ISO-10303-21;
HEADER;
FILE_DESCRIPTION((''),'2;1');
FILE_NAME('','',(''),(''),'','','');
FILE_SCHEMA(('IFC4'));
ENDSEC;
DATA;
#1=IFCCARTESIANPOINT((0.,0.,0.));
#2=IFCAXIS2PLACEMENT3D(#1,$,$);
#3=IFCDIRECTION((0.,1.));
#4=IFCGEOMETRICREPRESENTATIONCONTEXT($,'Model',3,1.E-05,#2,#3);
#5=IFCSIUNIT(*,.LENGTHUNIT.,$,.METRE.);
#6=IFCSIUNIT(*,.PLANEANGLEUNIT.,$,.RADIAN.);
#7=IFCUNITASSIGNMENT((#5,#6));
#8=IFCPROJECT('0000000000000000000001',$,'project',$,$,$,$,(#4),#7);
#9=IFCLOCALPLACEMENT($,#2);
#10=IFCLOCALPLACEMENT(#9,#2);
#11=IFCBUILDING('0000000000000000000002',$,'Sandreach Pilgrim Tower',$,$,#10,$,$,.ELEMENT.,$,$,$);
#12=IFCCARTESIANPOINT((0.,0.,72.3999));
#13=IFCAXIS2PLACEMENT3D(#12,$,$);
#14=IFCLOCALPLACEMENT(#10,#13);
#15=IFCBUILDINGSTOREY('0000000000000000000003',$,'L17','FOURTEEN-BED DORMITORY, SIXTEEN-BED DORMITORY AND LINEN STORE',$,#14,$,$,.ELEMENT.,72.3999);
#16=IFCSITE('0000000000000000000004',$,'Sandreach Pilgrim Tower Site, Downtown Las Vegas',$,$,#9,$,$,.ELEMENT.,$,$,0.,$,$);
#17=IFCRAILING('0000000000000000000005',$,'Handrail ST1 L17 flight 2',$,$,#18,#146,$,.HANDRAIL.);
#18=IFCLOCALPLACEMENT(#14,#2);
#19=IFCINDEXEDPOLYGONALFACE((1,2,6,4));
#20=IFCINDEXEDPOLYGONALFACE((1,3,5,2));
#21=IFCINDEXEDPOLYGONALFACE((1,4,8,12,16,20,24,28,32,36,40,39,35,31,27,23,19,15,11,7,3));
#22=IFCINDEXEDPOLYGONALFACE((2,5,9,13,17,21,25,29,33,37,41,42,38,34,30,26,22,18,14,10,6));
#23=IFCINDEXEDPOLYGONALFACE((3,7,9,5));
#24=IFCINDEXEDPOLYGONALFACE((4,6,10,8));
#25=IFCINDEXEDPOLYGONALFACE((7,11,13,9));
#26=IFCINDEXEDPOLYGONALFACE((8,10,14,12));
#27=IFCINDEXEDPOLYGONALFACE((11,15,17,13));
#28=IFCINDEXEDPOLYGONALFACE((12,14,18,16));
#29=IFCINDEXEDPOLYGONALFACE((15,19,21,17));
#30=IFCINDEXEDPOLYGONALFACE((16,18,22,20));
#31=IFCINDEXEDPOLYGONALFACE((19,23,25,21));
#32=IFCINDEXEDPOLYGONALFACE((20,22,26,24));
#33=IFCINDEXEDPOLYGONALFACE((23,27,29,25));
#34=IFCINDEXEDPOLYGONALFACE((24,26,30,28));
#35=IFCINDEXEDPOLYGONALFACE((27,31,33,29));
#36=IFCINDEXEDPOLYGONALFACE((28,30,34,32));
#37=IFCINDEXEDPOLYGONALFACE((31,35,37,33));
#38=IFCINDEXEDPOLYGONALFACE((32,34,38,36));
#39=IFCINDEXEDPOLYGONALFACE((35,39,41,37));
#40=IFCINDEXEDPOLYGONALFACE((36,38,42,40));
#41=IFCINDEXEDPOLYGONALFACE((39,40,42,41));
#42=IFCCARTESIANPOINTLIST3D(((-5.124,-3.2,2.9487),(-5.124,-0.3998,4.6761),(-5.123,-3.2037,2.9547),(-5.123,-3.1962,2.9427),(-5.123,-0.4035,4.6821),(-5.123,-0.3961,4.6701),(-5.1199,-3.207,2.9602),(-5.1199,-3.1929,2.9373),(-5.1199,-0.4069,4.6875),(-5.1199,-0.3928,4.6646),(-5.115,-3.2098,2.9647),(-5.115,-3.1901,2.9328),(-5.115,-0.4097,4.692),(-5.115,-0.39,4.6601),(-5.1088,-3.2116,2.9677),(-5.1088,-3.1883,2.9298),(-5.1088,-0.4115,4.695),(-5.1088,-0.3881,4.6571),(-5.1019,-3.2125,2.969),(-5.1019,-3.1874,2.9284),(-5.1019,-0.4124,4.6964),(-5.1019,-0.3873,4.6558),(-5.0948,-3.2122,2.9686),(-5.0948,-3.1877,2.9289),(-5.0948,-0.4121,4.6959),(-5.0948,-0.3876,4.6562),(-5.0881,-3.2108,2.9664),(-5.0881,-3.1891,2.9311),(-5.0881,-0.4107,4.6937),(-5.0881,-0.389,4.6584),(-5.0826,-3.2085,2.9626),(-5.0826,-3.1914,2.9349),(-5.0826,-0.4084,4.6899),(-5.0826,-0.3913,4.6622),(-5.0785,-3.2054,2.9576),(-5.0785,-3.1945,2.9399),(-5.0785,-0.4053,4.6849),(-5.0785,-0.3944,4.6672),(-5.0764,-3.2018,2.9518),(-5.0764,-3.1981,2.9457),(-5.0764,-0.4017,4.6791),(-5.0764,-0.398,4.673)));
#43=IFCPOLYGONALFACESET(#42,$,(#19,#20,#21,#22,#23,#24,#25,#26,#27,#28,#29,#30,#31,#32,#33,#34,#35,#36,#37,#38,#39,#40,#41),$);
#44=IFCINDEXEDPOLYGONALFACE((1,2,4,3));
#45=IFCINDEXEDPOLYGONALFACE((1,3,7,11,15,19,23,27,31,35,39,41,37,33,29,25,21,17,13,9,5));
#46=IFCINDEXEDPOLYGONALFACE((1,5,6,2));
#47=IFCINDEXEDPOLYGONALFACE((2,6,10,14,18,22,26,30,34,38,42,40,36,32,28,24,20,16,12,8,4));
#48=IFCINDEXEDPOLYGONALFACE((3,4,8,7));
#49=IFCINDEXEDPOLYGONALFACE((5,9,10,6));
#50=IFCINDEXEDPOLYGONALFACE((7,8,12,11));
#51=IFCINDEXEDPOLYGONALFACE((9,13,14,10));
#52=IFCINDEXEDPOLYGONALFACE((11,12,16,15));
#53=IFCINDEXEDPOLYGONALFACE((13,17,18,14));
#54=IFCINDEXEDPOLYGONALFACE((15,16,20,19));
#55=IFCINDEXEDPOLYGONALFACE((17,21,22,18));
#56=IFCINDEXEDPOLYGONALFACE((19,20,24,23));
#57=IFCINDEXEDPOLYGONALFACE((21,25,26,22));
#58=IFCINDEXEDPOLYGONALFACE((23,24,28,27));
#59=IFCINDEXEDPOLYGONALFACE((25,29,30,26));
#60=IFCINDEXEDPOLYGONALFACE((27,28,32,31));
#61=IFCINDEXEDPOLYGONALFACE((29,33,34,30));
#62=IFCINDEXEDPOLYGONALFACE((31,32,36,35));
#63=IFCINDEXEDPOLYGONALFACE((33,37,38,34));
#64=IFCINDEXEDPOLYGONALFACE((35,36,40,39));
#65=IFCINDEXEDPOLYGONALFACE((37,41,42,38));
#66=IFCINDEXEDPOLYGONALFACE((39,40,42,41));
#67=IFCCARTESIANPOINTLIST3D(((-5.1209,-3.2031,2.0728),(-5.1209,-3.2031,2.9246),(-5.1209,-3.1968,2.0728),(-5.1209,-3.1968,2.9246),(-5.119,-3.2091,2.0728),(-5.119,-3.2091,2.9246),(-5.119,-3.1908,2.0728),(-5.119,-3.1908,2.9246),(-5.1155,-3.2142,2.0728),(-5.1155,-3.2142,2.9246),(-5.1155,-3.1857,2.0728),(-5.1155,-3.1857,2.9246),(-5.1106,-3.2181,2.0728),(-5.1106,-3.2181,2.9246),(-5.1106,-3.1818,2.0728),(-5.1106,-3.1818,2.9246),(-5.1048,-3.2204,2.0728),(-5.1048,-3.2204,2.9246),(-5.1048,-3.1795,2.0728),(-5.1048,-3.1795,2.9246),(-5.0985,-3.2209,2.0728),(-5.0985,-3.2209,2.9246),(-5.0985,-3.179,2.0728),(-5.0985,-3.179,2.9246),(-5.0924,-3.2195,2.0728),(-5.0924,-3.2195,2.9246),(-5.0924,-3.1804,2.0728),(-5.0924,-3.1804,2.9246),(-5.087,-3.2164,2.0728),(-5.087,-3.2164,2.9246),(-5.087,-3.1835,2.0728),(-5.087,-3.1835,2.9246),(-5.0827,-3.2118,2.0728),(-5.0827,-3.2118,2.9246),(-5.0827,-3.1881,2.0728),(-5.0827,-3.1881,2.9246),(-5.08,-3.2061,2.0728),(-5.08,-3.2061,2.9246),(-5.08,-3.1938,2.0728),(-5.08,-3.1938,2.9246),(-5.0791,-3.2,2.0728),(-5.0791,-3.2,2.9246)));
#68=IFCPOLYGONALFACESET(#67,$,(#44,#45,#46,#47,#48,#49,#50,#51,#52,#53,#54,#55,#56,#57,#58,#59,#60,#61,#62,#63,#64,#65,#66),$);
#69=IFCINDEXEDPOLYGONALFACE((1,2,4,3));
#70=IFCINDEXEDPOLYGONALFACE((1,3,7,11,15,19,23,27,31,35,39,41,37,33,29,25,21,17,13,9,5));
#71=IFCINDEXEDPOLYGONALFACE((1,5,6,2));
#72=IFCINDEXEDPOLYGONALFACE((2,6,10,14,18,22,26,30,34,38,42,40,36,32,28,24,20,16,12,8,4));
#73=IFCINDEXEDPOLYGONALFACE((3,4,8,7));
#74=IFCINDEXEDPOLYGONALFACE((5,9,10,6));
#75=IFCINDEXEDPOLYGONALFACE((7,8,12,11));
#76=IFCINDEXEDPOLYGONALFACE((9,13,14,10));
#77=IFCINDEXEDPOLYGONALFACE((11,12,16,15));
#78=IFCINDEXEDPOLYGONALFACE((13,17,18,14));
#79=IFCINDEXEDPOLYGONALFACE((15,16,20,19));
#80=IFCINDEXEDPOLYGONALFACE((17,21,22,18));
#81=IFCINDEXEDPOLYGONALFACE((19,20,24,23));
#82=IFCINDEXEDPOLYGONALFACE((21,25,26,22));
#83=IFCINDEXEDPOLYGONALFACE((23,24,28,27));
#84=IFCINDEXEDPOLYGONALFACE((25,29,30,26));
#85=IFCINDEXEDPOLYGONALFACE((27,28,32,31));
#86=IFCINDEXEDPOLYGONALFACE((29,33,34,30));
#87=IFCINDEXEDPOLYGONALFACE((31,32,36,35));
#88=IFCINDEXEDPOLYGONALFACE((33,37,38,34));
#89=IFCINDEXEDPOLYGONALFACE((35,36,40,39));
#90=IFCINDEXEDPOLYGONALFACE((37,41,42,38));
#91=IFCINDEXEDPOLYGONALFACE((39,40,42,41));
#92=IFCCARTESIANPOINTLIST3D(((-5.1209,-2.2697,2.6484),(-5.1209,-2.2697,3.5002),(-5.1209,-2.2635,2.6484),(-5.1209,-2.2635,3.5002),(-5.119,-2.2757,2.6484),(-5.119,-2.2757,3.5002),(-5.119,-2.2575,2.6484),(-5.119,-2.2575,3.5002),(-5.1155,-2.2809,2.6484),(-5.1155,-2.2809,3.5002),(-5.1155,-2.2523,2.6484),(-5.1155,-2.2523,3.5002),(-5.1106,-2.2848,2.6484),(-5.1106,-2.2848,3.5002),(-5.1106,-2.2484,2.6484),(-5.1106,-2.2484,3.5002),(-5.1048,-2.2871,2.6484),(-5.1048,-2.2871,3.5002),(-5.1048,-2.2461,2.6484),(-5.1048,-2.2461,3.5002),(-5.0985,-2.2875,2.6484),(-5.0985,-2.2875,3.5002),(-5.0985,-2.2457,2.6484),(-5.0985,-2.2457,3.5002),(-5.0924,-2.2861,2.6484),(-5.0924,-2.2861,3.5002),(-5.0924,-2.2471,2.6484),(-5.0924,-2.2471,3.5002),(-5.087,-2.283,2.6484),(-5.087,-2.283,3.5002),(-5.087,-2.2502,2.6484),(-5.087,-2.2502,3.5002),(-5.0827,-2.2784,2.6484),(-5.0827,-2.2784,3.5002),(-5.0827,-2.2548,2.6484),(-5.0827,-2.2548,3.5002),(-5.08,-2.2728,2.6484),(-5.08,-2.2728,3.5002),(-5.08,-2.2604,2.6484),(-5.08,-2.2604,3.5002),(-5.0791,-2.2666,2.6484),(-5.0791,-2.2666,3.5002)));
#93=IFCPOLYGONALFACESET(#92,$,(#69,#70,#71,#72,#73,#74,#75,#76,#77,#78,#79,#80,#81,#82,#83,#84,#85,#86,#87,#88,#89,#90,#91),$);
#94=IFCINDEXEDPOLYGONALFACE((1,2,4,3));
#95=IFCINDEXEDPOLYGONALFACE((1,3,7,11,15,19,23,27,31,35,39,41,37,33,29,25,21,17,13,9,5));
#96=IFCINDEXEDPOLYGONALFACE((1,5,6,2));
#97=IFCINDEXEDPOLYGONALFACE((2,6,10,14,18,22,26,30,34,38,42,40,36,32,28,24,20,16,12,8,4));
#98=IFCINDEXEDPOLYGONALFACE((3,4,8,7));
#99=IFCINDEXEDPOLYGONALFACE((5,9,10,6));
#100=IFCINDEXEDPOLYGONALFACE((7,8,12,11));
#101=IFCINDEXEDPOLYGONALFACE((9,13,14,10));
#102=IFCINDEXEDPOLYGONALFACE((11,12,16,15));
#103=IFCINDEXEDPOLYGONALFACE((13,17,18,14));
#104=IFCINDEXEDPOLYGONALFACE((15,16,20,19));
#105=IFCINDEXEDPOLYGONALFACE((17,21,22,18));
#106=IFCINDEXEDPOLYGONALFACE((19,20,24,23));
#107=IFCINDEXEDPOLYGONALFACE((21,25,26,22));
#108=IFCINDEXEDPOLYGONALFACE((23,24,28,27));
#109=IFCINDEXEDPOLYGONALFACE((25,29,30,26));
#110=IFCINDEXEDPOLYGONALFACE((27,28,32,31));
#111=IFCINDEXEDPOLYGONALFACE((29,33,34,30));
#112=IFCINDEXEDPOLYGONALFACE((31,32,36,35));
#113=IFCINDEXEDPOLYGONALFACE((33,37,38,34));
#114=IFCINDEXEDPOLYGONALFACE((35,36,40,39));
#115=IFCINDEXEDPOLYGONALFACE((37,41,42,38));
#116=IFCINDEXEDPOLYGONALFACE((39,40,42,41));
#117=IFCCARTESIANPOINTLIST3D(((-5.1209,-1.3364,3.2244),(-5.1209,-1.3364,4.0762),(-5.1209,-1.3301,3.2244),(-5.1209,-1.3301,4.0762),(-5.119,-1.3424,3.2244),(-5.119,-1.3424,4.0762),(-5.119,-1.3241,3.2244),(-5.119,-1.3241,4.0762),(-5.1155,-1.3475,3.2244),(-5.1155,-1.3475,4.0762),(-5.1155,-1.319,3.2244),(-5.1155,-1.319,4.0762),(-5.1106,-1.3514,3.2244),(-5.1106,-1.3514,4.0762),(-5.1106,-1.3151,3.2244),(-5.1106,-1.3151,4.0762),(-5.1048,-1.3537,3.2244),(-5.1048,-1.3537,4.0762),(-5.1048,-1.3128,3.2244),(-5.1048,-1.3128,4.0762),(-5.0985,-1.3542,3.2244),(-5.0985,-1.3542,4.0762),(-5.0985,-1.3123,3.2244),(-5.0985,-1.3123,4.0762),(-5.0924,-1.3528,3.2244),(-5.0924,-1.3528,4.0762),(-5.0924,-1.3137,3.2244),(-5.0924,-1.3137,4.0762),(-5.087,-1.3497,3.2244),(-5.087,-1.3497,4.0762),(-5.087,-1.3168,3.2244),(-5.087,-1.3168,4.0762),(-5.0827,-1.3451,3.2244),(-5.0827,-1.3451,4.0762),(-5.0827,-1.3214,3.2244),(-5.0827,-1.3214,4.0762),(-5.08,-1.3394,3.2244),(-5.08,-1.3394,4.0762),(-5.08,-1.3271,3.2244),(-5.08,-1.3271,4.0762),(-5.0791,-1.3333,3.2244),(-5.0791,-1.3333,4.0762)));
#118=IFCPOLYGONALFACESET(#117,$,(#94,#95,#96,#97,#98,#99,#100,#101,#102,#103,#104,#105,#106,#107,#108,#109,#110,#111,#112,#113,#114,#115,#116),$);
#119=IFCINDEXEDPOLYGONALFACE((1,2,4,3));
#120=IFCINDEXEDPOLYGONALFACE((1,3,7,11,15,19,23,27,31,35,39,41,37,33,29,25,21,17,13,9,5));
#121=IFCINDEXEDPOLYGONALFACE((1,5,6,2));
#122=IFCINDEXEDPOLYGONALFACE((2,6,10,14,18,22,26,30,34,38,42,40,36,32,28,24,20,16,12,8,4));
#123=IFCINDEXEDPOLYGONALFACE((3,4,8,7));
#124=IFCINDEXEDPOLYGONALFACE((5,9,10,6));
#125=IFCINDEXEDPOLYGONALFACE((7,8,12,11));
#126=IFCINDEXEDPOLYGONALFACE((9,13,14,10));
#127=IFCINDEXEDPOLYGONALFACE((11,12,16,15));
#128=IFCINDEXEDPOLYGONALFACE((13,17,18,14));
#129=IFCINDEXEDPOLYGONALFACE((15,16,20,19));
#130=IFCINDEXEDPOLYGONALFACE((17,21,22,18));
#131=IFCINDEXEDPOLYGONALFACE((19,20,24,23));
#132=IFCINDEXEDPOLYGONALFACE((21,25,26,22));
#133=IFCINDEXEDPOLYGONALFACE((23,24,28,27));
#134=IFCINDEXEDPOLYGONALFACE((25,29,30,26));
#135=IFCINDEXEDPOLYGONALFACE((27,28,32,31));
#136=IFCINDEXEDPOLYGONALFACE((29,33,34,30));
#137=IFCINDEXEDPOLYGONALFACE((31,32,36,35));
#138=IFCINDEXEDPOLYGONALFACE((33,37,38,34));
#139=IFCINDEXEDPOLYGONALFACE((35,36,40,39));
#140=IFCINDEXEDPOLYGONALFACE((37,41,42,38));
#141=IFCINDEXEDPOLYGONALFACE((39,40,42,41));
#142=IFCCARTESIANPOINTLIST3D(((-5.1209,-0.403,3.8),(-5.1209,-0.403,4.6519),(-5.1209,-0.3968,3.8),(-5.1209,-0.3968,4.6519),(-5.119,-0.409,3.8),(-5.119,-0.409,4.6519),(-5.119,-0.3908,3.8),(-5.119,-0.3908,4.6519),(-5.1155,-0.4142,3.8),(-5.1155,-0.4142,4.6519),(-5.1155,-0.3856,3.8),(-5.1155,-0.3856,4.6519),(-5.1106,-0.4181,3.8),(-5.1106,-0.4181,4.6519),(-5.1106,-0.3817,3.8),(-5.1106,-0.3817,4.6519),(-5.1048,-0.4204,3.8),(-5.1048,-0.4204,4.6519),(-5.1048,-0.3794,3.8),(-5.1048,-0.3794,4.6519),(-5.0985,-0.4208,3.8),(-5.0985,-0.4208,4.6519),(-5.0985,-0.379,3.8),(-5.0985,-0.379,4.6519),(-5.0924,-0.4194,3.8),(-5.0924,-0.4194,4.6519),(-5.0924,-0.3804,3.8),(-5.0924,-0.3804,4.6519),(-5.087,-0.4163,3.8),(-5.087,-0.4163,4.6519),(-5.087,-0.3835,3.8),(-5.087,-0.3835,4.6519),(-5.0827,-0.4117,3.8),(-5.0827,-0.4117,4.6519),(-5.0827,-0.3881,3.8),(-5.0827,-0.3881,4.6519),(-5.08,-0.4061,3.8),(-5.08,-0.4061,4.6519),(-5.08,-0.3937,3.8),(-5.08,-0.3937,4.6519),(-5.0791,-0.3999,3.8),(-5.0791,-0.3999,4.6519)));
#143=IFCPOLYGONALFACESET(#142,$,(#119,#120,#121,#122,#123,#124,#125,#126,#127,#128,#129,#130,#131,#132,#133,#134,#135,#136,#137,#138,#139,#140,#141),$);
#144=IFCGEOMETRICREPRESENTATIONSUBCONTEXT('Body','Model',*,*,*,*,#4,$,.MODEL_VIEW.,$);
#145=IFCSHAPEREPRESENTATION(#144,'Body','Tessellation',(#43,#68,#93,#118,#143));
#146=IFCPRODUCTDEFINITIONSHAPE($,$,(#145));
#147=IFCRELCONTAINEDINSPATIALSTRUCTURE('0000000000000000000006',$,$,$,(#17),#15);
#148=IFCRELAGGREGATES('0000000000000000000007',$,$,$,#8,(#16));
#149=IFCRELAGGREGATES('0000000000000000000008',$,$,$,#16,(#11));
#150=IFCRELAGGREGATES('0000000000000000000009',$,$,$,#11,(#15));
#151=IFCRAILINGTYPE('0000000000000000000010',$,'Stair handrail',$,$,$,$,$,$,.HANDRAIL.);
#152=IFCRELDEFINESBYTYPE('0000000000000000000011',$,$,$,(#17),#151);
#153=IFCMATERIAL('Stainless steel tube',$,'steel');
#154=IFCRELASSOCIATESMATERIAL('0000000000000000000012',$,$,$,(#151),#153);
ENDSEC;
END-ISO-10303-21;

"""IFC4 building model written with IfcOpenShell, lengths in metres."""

from ifc_helpers import new_model, si_unit, direction, frame, origin, origin_2d, place, context, subcontext, project, spatial, circle, extrude, material, type_object, element, save


model = new_model("IFC4")

# Units and contexts
model_context = context("Model", 3, precision=1e-05, world=origin(), true_north=direction((0.0, 1.0)))
body_context = subcontext(model_context, "Body", "Model", "MODEL_VIEW")
ifc_project = project(units=[si_unit("LENGTHUNIT", "METRE"), si_unit("PLANEANGLEUNIT", "RADIAN")], contexts=[model_context])

# Site, building, storey
site_placement = place(None, origin())
site = spatial("IfcSite", under=ifc_project, at=site_placement, Name="Sandreach Pilgrim Tower Site, Downtown Las Vegas", CompositionType="ELEMENT", RefElevation=0.0)
building_placement = place(site_placement, origin())
building = spatial("IfcBuilding", under=site, at=building_placement, Name="Sandreach Pilgrim Tower", CompositionType="ELEMENT")
storey_placement = place(building_placement, frame((0.0, 0.0, 72.3999)))
storey = spatial("IfcBuildingStorey", under=building, at=storey_placement, Name="L17", Description="FOURTEEN-BED DORMITORY, SIXTEEN-BED DORMITORY AND LINEN STORE", CompositionType="ELEMENT", Elevation=72.3999)

# Railing
ifc_material_1 = material(Name="Stainless steel tube", Category="steel")
railing_type = type_object("IfcRailingType", Name="Stair handrail", PredefinedType="HANDRAIL", material=ifc_material_1)
for number, where, name in (
    (1, (-5.1001, -3.2, 2.0728), "Handrail ST1 L17 flight 2"),
):
    element("IfcRailing", number, at=place(storey_placement, frame(where)), inside=storey, type_object=railing_type, Name=name, PredefinedType="HANDRAIL", context=body_context, shape_type="SweptSolid", body=[
        extrude(circle(Radius=0.0239, at=origin_2d()), frame((0.0, 0.0, 0.876), z_axis=(0.0, 0.85109, 0.52502), x_axis=(-1.0, 0.0, 0.0)), (0.0, 0.0, 1.0), 3.29),
        extrude(circle(Radius=0.021, at=origin_2d()), origin(), (0.0, 0.0, 1.0), 0.8518),
        extrude(circle(Radius=0.021, at=origin_2d()), frame((0.0, 0.9333, 0.5757)), (0.0, 0.0, 1.0), 0.8518),
        extrude(circle(Radius=0.021, at=origin_2d()), frame((0.0, 1.8667, 1.1516)), (0.0, 0.0, 1.0), 0.8518),
        extrude(circle(Radius=0.021, at=origin_2d()), frame((0.0, 2.8, 1.7273)), (0.0, 0.0, 1.0), 0.8518),
    ])

save(model, "model.ifc")
